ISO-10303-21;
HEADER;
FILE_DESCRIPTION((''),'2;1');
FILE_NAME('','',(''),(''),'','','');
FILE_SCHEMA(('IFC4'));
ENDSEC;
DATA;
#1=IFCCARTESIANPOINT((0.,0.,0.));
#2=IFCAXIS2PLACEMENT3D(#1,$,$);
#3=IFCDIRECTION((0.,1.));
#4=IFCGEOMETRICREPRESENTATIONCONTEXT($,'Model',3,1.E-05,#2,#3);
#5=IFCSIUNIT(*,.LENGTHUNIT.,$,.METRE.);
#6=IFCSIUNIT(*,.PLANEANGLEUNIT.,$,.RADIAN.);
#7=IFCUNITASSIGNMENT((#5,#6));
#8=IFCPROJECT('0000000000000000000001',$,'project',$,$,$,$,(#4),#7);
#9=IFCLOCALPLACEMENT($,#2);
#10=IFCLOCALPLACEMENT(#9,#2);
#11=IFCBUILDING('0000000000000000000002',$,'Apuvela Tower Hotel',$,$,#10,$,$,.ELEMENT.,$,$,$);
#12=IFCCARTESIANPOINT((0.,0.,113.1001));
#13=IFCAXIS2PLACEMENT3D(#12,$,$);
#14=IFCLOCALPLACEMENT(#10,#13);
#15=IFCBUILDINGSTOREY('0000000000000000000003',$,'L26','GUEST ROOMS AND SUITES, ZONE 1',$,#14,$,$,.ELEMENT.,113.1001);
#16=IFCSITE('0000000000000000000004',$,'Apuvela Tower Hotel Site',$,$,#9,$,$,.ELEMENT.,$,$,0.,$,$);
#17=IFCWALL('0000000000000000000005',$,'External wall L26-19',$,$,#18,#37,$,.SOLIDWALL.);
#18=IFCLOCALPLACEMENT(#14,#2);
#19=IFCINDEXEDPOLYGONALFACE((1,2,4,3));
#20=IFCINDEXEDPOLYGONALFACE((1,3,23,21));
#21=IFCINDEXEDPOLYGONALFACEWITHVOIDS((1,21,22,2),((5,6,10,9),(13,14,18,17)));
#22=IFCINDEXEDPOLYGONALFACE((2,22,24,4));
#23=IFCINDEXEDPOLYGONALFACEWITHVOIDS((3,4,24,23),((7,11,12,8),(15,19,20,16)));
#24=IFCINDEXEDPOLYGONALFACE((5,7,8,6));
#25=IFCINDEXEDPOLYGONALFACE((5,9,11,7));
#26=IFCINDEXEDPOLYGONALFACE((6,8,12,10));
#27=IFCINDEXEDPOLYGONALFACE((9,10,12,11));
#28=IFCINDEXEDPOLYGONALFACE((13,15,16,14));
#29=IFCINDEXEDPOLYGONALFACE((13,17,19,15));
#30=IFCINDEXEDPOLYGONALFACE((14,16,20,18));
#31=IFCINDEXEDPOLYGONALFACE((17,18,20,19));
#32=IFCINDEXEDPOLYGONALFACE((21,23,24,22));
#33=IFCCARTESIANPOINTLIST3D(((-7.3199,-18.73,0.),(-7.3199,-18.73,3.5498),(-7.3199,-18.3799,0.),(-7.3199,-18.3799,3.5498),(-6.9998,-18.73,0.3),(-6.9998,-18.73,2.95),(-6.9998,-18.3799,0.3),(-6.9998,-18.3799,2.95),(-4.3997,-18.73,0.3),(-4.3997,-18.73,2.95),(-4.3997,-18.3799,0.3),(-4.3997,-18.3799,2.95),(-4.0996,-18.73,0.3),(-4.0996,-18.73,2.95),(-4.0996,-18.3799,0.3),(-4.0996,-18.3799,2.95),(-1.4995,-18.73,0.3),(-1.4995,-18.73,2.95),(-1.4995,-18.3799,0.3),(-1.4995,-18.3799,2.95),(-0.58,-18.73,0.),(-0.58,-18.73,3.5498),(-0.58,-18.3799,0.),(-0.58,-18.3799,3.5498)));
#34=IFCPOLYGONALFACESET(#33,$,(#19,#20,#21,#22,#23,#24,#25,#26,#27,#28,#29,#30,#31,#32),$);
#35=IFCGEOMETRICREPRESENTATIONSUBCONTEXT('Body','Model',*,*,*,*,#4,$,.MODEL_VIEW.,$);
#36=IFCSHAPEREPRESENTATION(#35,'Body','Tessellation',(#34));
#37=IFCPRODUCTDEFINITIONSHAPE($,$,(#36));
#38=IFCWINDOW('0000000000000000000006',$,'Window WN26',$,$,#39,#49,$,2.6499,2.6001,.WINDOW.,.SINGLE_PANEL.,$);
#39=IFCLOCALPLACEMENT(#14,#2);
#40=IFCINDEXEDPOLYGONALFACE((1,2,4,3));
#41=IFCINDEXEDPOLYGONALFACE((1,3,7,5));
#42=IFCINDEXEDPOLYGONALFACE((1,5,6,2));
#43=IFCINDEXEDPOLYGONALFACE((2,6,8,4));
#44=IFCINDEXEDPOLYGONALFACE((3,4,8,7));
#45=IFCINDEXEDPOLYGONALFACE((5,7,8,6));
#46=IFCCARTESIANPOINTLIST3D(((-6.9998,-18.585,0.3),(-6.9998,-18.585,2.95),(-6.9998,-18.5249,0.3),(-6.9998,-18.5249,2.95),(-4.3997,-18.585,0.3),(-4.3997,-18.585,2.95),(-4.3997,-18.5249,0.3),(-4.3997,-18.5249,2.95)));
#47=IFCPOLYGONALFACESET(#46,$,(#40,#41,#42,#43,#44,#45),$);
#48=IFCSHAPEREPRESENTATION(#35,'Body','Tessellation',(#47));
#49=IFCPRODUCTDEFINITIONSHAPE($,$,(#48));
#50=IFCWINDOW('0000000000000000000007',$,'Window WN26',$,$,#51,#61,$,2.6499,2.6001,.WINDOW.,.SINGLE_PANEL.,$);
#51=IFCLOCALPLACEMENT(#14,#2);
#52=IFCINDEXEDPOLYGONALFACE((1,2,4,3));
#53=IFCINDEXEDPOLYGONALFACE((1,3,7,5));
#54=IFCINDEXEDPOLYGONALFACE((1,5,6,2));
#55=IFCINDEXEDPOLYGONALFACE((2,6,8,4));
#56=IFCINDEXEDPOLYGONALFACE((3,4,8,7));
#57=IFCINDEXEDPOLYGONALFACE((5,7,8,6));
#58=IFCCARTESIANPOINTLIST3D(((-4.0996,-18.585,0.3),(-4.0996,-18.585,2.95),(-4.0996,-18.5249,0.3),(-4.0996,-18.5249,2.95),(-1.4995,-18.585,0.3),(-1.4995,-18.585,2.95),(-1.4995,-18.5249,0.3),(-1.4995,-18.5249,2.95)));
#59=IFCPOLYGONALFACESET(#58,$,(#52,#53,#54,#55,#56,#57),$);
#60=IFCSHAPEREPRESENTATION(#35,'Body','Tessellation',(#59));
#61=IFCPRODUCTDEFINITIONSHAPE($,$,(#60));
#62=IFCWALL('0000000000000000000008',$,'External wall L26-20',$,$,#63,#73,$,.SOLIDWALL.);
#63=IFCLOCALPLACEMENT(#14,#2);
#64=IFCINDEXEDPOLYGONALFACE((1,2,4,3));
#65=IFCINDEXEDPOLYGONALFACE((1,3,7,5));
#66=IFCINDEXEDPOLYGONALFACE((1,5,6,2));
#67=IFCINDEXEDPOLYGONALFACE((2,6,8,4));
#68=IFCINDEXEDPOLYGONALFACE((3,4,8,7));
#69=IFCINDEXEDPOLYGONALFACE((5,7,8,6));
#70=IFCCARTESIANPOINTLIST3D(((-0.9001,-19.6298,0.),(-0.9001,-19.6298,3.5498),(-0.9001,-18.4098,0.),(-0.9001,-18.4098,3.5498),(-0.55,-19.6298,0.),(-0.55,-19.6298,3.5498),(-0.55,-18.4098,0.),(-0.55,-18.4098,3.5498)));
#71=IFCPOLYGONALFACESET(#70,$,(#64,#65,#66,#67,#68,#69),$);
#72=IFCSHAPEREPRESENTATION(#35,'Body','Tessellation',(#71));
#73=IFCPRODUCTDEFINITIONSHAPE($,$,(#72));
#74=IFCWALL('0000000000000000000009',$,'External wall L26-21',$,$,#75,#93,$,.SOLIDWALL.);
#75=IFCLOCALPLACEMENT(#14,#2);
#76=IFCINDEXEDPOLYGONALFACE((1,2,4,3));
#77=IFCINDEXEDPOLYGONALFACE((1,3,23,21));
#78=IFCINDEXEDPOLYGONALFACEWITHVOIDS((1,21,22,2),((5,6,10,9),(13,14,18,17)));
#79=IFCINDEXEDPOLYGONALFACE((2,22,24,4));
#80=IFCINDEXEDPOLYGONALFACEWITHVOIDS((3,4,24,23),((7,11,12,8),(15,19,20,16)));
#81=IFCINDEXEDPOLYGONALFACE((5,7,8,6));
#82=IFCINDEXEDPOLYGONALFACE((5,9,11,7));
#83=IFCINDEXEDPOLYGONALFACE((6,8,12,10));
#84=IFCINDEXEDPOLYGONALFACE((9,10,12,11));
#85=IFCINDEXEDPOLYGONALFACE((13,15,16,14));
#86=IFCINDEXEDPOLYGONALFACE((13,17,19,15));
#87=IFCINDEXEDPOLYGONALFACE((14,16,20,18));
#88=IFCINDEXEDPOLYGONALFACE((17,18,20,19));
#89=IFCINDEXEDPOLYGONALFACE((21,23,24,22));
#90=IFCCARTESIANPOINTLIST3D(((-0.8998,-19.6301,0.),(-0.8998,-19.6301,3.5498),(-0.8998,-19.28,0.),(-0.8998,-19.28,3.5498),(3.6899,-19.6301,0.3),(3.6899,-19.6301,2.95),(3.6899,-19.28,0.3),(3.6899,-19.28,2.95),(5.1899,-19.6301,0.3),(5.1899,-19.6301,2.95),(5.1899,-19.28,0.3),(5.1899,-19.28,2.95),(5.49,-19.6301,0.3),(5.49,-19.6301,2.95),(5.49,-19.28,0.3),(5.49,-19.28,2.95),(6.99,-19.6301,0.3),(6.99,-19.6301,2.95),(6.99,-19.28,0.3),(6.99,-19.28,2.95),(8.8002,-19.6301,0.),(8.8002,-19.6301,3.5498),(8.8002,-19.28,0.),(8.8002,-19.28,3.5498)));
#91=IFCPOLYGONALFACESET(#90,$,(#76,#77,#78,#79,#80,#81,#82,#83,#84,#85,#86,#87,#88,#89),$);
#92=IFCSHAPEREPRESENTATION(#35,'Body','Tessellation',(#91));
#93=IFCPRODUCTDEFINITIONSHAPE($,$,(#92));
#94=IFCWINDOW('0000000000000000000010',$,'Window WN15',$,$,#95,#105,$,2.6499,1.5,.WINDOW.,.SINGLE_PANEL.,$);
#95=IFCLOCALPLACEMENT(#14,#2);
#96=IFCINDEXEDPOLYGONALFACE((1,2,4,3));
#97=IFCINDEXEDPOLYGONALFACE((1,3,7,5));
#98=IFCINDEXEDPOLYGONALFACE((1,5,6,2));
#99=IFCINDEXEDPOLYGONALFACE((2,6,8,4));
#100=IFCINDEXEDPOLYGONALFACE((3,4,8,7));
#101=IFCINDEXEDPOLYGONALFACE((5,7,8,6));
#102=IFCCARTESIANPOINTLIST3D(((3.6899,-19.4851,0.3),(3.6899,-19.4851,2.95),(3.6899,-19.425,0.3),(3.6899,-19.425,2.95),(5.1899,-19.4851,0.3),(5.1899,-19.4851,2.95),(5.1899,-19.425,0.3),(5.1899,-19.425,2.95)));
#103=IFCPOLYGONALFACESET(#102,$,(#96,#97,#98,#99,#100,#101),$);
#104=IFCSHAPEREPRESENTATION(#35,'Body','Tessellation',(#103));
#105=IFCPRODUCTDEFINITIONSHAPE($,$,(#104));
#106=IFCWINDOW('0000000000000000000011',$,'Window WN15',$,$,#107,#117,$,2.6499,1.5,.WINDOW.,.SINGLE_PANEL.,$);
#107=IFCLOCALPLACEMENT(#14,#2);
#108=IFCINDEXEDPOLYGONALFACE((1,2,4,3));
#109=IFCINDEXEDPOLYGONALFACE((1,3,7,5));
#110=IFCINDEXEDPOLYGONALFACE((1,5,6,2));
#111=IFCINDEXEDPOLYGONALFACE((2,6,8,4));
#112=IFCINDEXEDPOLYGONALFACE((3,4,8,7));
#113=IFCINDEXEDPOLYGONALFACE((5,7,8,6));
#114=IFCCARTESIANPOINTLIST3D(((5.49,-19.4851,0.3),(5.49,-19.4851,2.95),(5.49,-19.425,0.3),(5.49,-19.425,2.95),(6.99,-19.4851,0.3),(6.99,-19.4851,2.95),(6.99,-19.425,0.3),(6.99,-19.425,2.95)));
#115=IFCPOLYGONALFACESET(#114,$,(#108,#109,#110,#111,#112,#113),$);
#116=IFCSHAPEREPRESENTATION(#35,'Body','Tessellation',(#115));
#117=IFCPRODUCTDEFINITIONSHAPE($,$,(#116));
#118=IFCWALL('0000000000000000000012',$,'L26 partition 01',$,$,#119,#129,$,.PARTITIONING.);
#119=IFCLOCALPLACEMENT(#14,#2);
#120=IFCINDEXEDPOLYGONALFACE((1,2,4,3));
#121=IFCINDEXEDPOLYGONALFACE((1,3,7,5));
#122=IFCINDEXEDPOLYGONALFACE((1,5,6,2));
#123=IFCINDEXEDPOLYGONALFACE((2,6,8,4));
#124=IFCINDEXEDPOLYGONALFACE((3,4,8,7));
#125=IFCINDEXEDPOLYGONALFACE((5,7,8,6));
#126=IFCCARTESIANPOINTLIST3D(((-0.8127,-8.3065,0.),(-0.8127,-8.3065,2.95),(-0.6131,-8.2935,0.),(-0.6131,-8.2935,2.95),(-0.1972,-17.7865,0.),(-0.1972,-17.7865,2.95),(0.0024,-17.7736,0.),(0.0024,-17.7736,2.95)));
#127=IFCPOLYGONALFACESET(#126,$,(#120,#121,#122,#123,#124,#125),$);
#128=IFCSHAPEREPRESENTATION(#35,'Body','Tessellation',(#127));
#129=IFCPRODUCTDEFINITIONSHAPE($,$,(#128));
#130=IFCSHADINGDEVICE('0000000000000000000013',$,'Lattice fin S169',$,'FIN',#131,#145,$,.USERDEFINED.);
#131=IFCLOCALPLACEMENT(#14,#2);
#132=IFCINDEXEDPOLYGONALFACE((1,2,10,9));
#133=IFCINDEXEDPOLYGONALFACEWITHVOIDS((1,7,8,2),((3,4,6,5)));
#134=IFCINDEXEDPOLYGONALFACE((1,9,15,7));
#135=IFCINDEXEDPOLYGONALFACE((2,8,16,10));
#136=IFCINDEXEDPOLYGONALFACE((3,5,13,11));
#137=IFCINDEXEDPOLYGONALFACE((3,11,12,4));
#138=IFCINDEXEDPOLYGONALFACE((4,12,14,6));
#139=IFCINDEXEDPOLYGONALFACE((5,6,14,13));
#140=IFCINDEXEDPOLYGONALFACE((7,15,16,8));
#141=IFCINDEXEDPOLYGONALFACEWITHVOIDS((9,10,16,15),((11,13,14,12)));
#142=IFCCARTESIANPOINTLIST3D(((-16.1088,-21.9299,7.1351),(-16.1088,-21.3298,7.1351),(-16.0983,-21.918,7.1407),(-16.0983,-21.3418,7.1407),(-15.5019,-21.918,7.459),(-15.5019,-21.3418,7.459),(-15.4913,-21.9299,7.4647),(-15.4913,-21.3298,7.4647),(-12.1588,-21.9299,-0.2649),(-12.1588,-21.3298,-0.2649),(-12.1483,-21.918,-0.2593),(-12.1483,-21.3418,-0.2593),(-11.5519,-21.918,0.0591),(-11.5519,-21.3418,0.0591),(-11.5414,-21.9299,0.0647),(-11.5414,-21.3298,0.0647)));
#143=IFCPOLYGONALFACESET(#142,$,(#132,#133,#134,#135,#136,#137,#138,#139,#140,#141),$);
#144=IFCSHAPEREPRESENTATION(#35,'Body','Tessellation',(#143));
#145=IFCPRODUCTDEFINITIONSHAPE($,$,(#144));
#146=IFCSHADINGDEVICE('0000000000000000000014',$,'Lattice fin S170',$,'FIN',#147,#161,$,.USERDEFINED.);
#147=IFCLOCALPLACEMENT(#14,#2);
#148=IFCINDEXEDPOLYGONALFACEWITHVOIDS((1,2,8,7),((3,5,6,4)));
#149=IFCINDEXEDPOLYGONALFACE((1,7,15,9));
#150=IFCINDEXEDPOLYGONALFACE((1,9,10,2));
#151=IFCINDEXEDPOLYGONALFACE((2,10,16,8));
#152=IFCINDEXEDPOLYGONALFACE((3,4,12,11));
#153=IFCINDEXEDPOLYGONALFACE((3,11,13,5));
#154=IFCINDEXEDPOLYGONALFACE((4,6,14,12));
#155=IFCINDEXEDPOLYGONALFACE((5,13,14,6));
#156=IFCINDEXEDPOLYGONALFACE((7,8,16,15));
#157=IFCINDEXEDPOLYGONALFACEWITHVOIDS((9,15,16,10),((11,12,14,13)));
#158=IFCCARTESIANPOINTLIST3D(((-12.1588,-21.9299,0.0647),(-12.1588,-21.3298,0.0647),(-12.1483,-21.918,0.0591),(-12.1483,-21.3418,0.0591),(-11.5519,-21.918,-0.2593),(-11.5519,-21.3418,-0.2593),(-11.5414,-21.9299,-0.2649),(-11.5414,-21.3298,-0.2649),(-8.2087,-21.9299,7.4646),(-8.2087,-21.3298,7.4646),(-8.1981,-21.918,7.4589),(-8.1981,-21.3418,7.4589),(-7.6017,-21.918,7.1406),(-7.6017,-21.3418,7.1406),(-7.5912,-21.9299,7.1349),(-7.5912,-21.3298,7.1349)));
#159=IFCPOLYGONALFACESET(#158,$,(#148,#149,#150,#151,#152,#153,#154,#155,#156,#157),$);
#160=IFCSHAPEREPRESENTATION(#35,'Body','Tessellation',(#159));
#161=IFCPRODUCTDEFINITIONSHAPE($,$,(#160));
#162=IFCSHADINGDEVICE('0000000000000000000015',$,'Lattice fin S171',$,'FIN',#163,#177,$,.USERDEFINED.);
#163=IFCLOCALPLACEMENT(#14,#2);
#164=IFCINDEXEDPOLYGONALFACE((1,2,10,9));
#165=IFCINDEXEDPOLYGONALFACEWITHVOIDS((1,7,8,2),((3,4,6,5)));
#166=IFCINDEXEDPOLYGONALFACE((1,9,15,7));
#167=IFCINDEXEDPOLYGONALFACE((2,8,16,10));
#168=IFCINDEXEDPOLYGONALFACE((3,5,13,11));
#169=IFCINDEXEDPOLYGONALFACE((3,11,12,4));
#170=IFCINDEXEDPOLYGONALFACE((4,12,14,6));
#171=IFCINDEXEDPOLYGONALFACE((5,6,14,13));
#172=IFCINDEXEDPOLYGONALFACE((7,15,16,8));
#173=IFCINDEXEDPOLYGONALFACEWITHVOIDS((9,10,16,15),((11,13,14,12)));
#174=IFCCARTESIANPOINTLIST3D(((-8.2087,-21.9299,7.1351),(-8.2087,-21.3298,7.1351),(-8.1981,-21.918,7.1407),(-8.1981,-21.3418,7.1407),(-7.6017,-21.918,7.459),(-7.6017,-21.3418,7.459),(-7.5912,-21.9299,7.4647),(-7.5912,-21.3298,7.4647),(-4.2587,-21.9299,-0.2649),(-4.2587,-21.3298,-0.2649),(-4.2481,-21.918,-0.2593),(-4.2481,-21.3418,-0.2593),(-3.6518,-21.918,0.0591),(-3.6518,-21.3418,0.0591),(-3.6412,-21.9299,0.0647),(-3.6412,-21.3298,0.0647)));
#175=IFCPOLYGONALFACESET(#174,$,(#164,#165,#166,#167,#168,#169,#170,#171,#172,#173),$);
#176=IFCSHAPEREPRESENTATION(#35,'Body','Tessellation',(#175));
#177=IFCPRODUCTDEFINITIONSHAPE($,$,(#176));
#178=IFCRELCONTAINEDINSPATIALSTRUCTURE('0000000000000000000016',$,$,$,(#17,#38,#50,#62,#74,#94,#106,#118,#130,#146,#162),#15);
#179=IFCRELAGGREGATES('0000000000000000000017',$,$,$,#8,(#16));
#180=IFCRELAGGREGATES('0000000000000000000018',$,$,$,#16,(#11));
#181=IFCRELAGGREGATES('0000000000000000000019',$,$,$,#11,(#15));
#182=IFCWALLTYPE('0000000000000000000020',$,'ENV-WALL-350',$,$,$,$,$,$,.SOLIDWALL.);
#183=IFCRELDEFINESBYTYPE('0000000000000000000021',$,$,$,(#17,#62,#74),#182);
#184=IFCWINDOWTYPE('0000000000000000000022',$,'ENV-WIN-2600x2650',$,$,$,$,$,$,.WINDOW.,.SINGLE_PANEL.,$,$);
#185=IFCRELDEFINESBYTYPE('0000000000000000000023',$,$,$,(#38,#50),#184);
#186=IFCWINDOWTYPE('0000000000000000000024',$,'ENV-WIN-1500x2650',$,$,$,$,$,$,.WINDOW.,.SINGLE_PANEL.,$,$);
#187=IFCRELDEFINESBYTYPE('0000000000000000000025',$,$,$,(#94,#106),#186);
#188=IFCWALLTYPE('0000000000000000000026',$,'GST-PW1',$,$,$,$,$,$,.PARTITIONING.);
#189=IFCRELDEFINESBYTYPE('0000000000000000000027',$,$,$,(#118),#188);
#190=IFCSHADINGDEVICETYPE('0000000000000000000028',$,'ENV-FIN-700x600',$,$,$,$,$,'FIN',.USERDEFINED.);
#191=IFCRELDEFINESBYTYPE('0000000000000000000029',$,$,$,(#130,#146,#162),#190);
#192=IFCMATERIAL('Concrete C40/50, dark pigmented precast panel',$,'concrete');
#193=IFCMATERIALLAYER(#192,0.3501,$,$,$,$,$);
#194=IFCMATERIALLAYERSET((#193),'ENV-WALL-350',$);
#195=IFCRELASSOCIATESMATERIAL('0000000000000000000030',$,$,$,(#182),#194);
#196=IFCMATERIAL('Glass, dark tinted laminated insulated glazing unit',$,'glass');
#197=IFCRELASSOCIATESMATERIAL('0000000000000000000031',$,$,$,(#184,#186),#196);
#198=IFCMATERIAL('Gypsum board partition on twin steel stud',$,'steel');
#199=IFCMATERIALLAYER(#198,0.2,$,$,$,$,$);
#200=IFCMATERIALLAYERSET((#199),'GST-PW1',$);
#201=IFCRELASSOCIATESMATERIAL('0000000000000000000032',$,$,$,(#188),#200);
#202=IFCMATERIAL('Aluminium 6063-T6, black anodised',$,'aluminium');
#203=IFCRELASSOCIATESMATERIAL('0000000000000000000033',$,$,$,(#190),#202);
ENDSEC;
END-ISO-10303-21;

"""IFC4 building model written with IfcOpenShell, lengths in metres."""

from ifc_helpers import new_model, si_unit, direction, frame, frame_2d, origin, origin_2d, place, context, subcontext, project, spatial, rectangle, hollow_rectangle, extrude, material, layer, layer_set, material_profile, profile_set, type_object, element, fill, save


model = new_model("IFC4")

# Units and contexts
model_context = context("Model", 3, precision=1e-05, world=origin(), true_north=direction((0.0, 1.0)))
body_context = subcontext(model_context, "Body", "Model", "MODEL_VIEW")
ifc_project = project(units=[si_unit("LENGTHUNIT", "METRE"), si_unit("PLANEANGLEUNIT", "RADIAN")], contexts=[model_context])

# Site, building, storey
site_placement = place(None, origin())
site = spatial("IfcSite", under=ifc_project, at=site_placement, Name="Apuvela Tower Hotel Site", CompositionType="ELEMENT", RefElevation=0.0)
building_placement = place(site_placement, origin())
building = spatial("IfcBuilding", under=site, at=building_placement, Name="Apuvela Tower Hotel", CompositionType="ELEMENT")
storey_placement = place(building_placement, frame((0.0, 0.0, 113.1001)))
storey = spatial("IfcBuildingStorey", under=building, at=storey_placement, Name="L26", Description="GUEST ROOMS AND SUITES, ZONE 1", CompositionType="ELEMENT", Elevation=113.1001)

# Shared definitions
ifc_material_1 = material(Name="Concrete C40/50, dark pigmented precast panel", Category="concrete")
ifc_layer_1 = layer(ifc_material_1, 0.3501)
ifc_layer_set_1 = layer_set([ifc_layer_1], Name="ENV-WALL-350")
wall_type_1 = type_object("IfcWallType", Name="ENV-WALL-350", PredefinedType="SOLIDWALL", material=ifc_layer_set_1)

# Wall, openings, windows
wall_1_placement = place(storey_placement, frame((-7.3201, -18.5549, 0.0), z_axis=(0.0, 0.0, 1.0), x_axis=(1.0, 0.0, 0.0)))
wall_1 = element("IfcWall", 1, at=wall_1_placement, inside=storey, type_object=wall_type_1, Name="External wall L26-19", PredefinedType="SOLIDWALL", context=body_context, shape_type="SweptSolid", body=[
    extrude(rectangle(XDim=6.74, YDim=0.3501, at=frame_2d((3.3701, 0.0))), origin(), (0.0, 0.0, 1.0), 3.5498),
])
opening_1_placement = place(wall_1_placement, frame((0.3203, 0.0, 0.3)))
opening_1 = element("IfcOpeningElement", 2, at=opening_1_placement, cuts=wall_1, PredefinedType="OPENING", context=body_context, shape_type="SweptSolid", body=[
    extrude(rectangle(XDim=2.6001, YDim=2.6499, at=frame_2d((1.3, 1.325))), frame((0.0, 0.1851, 0.0), z_axis=(0.0, -1.0, 0.0), x_axis=(1.0, 0.0, 0.0)), (0.0, 0.0, 1.0), 0.3701),
])
opening_2_placement = place(wall_1_placement, frame((3.2205, 0.0, 0.3)))
opening_2 = element("IfcOpeningElement", 3, at=opening_2_placement, cuts=wall_1, PredefinedType="OPENING", context=body_context, shape_type="SweptSolid", body=[
    extrude(rectangle(XDim=2.6001, YDim=2.6499, at=frame_2d((1.3, 1.325))), frame((0.0, 0.1851, 0.0), z_axis=(0.0, -1.0, 0.0), x_axis=(1.0, 0.0, 0.0)), (0.0, 0.0, 1.0), 0.3701),
])
ifc_material_2 = material(Name="Glass, dark tinted laminated insulated glazing unit", Category="glass")
window_type_1 = type_object("IfcWindowType", Name="ENV-WIN-2600x2650", PartitioningType="SINGLE_PANEL", PredefinedType="WINDOW", material=ifc_material_2)
window_1_placement = place(opening_1_placement, origin())
window_1 = element("IfcWindow", 4, at=window_1_placement, inside=storey, type_object=window_type_1, Name="Window WN26", OverallHeight=2.6499, OverallWidth=2.6001, PartitioningType="SINGLE_PANEL", PredefinedType="WINDOW", context=body_context, shape_type="SweptSolid", body=[
    extrude(rectangle(XDim=2.6001, YDim=2.6499, at=frame_2d((1.3, 1.325))), frame((0.0, 0.03, 0.0), z_axis=(0.0, -1.0, 0.0), x_axis=(1.0, 0.0, 0.0)), (0.0, 0.0, 1.0), 0.0601),
])
fill(opening_1, window_1)
window_2_placement = place(opening_2_placement, origin())
window_2 = element("IfcWindow", 5, at=window_2_placement, inside=storey, type_object=window_type_1, Name="Window WN26", OverallHeight=2.6499, OverallWidth=2.6001, PartitioningType="SINGLE_PANEL", PredefinedType="WINDOW", context=body_context, shape_type="SweptSolid", body=[
    extrude(rectangle(XDim=2.6001, YDim=2.6499, at=frame_2d((1.3, 1.325))), frame((0.0, 0.03, 0.0), z_axis=(0.0, -1.0, 0.0), x_axis=(1.0, 0.0, 0.0)), (0.0, 0.0, 1.0), 0.0601),
])
fill(opening_2, window_2)

# Wall
wall_2_placement = place(storey_placement, frame((-0.7251, -18.4099, 0.0), z_axis=(0.0, 0.0, 1.0), x_axis=(0.0, -1.0, 0.0)))
element("IfcWall", 6, at=wall_2_placement, inside=storey, type_object=wall_type_1, Name="External wall L26-20", PredefinedType="SOLIDWALL", context=body_context, shape_type="SweptSolid", body=[
    extrude(rectangle(XDim=1.22, YDim=0.3501, at=frame_2d((0.6099, 0.0))), origin(), (0.0, 0.0, 1.0), 3.5498),
])

# Wall, openings, windows
wall_3_placement = place(storey_placement, frame((-0.8999, -19.4551, 0.0), z_axis=(0.0, 0.0, 1.0), x_axis=(1.0, 0.0, 0.0)))
wall_3 = element("IfcWall", 7, at=wall_3_placement, inside=storey, type_object=wall_type_1, Name="External wall L26-21", PredefinedType="SOLIDWALL", context=body_context, shape_type="SweptSolid", body=[
    extrude(rectangle(XDim=9.7, YDim=0.3501, at=frame_2d((4.8501, 0.0))), origin(), (0.0, 0.0, 1.0), 3.5498),
])
opening_3_placement = place(wall_3_placement, frame((4.5898, 0.0, 0.3)))
opening_3 = element("IfcOpeningElement", 8, at=opening_3_placement, cuts=wall_3, PredefinedType="OPENING", context=body_context, shape_type="SweptSolid", body=[
    extrude(rectangle(XDim=1.5, YDim=2.6499, at=frame_2d((0.75, 1.325))), frame((0.0, 0.1851, 0.0), z_axis=(0.0, -1.0, 0.0), x_axis=(1.0, 0.0, 0.0)), (0.0, 0.0, 1.0), 0.3701),
])
opening_4_placement = place(wall_3_placement, frame((6.3899, 0.0, 0.3)))
opening_4 = element("IfcOpeningElement", 9, at=opening_4_placement, cuts=wall_3, PredefinedType="OPENING", context=body_context, shape_type="SweptSolid", body=[
    extrude(rectangle(XDim=1.5, YDim=2.6499, at=frame_2d((0.75, 1.325))), frame((0.0, 0.1851, 0.0), z_axis=(0.0, -1.0, 0.0), x_axis=(1.0, 0.0, 0.0)), (0.0, 0.0, 1.0), 0.3701),
])
window_type_2 = type_object("IfcWindowType", Name="ENV-WIN-1500x2650", PartitioningType="SINGLE_PANEL", PredefinedType="WINDOW", material=ifc_material_2)
window_3_placement = place(opening_3_placement, origin())
window_3 = element("IfcWindow", 10, at=window_3_placement, inside=storey, type_object=window_type_2, Name="Window WN15", OverallHeight=2.6499, OverallWidth=1.5, PartitioningType="SINGLE_PANEL", PredefinedType="WINDOW", context=body_context, shape_type="SweptSolid", body=[
    extrude(rectangle(XDim=1.5, YDim=2.6499, at=frame_2d((0.75, 1.325))), frame((0.0, 0.03, 0.0), z_axis=(0.0, -1.0, 0.0), x_axis=(1.0, 0.0, 0.0)), (0.0, 0.0, 1.0), 0.0601),
])
fill(opening_3, window_3)
window_4_placement = place(opening_4_placement, origin())
window_4 = element("IfcWindow", 11, at=window_4_placement, inside=storey, type_object=window_type_2, Name="Window WN15", OverallHeight=2.6499, OverallWidth=1.5, PartitioningType="SINGLE_PANEL", PredefinedType="WINDOW", context=body_context, shape_type="SweptSolid", body=[
    extrude(rectangle(XDim=1.5, YDim=2.6499, at=frame_2d((0.75, 1.325))), frame((0.0, 0.03, 0.0), z_axis=(0.0, -1.0, 0.0), x_axis=(1.0, 0.0, 0.0)), (0.0, 0.0, 1.0), 0.0601),
])
fill(opening_4, window_4)

# Wall
ifc_material_3 = material(Name="Gypsum board partition on twin steel stud", Category="steel")
ifc_layer_2 = layer(ifc_material_3, 0.2)
ifc_layer_set_2 = layer_set([ifc_layer_2], Name="GST-PW1")
wall_type_2 = type_object("IfcWallType", Name="GST-PW1", PredefinedType="PARTITIONING", material=ifc_layer_set_2)
wall_4_placement = place(storey_placement, frame((-0.0974, -17.78, 0.0), z_axis=(0.0, 0.0, 1.0), x_axis=(-0.064788, 0.997899, 0.0)))
element("IfcWall", 12, at=wall_4_placement, inside=storey, type_object=wall_type_2, Name="L26 partition 01", PredefinedType="PARTITIONING", context=body_context, shape_type="SweptSolid", body=[
    extrude(rectangle(XDim=9.5, YDim=0.2, at=frame_2d((4.75, 0.0))), origin(), (0.0, 0.0, 1.0), 2.95),
])

# Shading devices
ifc_material_4 = material(Name="Aluminium 6063-T6, black anodised", Category="aluminium")
ifc_material_profile_1 = material_profile(ifc_material_4, hollow_rectangle(XDim=0.6001, YDim=0.7, WallThickness=0.012, at=origin_2d()), Name="AL BOX 700x600x12")
ifc_profile_set_1 = profile_set([ifc_material_profile_1], Name="Aluminium 6063-T6, black anodised")
shading_device_type = type_object("IfcShadingDeviceType", Name="ENV-FIN-700x600", ElementType="FIN", PredefinedType="USERDEFINED", material=ifc_profile_set_1)
for number, where, z_axis, x_axis, name in (
    (13, (-11.8501, -21.6299, -0.1001), (-0.470898, 0.0, 0.882188), (0.0, -1.0, 0.0), "Lattice fin S169"),
    (14, (-11.8501, -21.6299, -0.1001), (0.470921, 0.0, 0.882176), (0.0, 1.0, 0.0), "Lattice fin S170"),
    (15, (-3.95, -21.6299, -0.1001), (-0.470898, 0.0, 0.882188), (0.0, -1.0, 0.0), "Lattice fin S171"),
):
    element("IfcShadingDevice", number, at=place(storey_placement, frame(where, z_axis=z_axis, x_axis=x_axis)), inside=storey, type_object=shading_device_type, Name=name, ObjectType="FIN", PredefinedType="USERDEFINED", context=body_context, shape_type="SweptSolid", body=[
        extrude(hollow_rectangle(XDim=0.6001, YDim=0.7, WallThickness=0.012, at=origin_2d()), origin(), (0.0, 0.0, 1.0), 8.3882),
    ])

save(model, "model.ifc")
